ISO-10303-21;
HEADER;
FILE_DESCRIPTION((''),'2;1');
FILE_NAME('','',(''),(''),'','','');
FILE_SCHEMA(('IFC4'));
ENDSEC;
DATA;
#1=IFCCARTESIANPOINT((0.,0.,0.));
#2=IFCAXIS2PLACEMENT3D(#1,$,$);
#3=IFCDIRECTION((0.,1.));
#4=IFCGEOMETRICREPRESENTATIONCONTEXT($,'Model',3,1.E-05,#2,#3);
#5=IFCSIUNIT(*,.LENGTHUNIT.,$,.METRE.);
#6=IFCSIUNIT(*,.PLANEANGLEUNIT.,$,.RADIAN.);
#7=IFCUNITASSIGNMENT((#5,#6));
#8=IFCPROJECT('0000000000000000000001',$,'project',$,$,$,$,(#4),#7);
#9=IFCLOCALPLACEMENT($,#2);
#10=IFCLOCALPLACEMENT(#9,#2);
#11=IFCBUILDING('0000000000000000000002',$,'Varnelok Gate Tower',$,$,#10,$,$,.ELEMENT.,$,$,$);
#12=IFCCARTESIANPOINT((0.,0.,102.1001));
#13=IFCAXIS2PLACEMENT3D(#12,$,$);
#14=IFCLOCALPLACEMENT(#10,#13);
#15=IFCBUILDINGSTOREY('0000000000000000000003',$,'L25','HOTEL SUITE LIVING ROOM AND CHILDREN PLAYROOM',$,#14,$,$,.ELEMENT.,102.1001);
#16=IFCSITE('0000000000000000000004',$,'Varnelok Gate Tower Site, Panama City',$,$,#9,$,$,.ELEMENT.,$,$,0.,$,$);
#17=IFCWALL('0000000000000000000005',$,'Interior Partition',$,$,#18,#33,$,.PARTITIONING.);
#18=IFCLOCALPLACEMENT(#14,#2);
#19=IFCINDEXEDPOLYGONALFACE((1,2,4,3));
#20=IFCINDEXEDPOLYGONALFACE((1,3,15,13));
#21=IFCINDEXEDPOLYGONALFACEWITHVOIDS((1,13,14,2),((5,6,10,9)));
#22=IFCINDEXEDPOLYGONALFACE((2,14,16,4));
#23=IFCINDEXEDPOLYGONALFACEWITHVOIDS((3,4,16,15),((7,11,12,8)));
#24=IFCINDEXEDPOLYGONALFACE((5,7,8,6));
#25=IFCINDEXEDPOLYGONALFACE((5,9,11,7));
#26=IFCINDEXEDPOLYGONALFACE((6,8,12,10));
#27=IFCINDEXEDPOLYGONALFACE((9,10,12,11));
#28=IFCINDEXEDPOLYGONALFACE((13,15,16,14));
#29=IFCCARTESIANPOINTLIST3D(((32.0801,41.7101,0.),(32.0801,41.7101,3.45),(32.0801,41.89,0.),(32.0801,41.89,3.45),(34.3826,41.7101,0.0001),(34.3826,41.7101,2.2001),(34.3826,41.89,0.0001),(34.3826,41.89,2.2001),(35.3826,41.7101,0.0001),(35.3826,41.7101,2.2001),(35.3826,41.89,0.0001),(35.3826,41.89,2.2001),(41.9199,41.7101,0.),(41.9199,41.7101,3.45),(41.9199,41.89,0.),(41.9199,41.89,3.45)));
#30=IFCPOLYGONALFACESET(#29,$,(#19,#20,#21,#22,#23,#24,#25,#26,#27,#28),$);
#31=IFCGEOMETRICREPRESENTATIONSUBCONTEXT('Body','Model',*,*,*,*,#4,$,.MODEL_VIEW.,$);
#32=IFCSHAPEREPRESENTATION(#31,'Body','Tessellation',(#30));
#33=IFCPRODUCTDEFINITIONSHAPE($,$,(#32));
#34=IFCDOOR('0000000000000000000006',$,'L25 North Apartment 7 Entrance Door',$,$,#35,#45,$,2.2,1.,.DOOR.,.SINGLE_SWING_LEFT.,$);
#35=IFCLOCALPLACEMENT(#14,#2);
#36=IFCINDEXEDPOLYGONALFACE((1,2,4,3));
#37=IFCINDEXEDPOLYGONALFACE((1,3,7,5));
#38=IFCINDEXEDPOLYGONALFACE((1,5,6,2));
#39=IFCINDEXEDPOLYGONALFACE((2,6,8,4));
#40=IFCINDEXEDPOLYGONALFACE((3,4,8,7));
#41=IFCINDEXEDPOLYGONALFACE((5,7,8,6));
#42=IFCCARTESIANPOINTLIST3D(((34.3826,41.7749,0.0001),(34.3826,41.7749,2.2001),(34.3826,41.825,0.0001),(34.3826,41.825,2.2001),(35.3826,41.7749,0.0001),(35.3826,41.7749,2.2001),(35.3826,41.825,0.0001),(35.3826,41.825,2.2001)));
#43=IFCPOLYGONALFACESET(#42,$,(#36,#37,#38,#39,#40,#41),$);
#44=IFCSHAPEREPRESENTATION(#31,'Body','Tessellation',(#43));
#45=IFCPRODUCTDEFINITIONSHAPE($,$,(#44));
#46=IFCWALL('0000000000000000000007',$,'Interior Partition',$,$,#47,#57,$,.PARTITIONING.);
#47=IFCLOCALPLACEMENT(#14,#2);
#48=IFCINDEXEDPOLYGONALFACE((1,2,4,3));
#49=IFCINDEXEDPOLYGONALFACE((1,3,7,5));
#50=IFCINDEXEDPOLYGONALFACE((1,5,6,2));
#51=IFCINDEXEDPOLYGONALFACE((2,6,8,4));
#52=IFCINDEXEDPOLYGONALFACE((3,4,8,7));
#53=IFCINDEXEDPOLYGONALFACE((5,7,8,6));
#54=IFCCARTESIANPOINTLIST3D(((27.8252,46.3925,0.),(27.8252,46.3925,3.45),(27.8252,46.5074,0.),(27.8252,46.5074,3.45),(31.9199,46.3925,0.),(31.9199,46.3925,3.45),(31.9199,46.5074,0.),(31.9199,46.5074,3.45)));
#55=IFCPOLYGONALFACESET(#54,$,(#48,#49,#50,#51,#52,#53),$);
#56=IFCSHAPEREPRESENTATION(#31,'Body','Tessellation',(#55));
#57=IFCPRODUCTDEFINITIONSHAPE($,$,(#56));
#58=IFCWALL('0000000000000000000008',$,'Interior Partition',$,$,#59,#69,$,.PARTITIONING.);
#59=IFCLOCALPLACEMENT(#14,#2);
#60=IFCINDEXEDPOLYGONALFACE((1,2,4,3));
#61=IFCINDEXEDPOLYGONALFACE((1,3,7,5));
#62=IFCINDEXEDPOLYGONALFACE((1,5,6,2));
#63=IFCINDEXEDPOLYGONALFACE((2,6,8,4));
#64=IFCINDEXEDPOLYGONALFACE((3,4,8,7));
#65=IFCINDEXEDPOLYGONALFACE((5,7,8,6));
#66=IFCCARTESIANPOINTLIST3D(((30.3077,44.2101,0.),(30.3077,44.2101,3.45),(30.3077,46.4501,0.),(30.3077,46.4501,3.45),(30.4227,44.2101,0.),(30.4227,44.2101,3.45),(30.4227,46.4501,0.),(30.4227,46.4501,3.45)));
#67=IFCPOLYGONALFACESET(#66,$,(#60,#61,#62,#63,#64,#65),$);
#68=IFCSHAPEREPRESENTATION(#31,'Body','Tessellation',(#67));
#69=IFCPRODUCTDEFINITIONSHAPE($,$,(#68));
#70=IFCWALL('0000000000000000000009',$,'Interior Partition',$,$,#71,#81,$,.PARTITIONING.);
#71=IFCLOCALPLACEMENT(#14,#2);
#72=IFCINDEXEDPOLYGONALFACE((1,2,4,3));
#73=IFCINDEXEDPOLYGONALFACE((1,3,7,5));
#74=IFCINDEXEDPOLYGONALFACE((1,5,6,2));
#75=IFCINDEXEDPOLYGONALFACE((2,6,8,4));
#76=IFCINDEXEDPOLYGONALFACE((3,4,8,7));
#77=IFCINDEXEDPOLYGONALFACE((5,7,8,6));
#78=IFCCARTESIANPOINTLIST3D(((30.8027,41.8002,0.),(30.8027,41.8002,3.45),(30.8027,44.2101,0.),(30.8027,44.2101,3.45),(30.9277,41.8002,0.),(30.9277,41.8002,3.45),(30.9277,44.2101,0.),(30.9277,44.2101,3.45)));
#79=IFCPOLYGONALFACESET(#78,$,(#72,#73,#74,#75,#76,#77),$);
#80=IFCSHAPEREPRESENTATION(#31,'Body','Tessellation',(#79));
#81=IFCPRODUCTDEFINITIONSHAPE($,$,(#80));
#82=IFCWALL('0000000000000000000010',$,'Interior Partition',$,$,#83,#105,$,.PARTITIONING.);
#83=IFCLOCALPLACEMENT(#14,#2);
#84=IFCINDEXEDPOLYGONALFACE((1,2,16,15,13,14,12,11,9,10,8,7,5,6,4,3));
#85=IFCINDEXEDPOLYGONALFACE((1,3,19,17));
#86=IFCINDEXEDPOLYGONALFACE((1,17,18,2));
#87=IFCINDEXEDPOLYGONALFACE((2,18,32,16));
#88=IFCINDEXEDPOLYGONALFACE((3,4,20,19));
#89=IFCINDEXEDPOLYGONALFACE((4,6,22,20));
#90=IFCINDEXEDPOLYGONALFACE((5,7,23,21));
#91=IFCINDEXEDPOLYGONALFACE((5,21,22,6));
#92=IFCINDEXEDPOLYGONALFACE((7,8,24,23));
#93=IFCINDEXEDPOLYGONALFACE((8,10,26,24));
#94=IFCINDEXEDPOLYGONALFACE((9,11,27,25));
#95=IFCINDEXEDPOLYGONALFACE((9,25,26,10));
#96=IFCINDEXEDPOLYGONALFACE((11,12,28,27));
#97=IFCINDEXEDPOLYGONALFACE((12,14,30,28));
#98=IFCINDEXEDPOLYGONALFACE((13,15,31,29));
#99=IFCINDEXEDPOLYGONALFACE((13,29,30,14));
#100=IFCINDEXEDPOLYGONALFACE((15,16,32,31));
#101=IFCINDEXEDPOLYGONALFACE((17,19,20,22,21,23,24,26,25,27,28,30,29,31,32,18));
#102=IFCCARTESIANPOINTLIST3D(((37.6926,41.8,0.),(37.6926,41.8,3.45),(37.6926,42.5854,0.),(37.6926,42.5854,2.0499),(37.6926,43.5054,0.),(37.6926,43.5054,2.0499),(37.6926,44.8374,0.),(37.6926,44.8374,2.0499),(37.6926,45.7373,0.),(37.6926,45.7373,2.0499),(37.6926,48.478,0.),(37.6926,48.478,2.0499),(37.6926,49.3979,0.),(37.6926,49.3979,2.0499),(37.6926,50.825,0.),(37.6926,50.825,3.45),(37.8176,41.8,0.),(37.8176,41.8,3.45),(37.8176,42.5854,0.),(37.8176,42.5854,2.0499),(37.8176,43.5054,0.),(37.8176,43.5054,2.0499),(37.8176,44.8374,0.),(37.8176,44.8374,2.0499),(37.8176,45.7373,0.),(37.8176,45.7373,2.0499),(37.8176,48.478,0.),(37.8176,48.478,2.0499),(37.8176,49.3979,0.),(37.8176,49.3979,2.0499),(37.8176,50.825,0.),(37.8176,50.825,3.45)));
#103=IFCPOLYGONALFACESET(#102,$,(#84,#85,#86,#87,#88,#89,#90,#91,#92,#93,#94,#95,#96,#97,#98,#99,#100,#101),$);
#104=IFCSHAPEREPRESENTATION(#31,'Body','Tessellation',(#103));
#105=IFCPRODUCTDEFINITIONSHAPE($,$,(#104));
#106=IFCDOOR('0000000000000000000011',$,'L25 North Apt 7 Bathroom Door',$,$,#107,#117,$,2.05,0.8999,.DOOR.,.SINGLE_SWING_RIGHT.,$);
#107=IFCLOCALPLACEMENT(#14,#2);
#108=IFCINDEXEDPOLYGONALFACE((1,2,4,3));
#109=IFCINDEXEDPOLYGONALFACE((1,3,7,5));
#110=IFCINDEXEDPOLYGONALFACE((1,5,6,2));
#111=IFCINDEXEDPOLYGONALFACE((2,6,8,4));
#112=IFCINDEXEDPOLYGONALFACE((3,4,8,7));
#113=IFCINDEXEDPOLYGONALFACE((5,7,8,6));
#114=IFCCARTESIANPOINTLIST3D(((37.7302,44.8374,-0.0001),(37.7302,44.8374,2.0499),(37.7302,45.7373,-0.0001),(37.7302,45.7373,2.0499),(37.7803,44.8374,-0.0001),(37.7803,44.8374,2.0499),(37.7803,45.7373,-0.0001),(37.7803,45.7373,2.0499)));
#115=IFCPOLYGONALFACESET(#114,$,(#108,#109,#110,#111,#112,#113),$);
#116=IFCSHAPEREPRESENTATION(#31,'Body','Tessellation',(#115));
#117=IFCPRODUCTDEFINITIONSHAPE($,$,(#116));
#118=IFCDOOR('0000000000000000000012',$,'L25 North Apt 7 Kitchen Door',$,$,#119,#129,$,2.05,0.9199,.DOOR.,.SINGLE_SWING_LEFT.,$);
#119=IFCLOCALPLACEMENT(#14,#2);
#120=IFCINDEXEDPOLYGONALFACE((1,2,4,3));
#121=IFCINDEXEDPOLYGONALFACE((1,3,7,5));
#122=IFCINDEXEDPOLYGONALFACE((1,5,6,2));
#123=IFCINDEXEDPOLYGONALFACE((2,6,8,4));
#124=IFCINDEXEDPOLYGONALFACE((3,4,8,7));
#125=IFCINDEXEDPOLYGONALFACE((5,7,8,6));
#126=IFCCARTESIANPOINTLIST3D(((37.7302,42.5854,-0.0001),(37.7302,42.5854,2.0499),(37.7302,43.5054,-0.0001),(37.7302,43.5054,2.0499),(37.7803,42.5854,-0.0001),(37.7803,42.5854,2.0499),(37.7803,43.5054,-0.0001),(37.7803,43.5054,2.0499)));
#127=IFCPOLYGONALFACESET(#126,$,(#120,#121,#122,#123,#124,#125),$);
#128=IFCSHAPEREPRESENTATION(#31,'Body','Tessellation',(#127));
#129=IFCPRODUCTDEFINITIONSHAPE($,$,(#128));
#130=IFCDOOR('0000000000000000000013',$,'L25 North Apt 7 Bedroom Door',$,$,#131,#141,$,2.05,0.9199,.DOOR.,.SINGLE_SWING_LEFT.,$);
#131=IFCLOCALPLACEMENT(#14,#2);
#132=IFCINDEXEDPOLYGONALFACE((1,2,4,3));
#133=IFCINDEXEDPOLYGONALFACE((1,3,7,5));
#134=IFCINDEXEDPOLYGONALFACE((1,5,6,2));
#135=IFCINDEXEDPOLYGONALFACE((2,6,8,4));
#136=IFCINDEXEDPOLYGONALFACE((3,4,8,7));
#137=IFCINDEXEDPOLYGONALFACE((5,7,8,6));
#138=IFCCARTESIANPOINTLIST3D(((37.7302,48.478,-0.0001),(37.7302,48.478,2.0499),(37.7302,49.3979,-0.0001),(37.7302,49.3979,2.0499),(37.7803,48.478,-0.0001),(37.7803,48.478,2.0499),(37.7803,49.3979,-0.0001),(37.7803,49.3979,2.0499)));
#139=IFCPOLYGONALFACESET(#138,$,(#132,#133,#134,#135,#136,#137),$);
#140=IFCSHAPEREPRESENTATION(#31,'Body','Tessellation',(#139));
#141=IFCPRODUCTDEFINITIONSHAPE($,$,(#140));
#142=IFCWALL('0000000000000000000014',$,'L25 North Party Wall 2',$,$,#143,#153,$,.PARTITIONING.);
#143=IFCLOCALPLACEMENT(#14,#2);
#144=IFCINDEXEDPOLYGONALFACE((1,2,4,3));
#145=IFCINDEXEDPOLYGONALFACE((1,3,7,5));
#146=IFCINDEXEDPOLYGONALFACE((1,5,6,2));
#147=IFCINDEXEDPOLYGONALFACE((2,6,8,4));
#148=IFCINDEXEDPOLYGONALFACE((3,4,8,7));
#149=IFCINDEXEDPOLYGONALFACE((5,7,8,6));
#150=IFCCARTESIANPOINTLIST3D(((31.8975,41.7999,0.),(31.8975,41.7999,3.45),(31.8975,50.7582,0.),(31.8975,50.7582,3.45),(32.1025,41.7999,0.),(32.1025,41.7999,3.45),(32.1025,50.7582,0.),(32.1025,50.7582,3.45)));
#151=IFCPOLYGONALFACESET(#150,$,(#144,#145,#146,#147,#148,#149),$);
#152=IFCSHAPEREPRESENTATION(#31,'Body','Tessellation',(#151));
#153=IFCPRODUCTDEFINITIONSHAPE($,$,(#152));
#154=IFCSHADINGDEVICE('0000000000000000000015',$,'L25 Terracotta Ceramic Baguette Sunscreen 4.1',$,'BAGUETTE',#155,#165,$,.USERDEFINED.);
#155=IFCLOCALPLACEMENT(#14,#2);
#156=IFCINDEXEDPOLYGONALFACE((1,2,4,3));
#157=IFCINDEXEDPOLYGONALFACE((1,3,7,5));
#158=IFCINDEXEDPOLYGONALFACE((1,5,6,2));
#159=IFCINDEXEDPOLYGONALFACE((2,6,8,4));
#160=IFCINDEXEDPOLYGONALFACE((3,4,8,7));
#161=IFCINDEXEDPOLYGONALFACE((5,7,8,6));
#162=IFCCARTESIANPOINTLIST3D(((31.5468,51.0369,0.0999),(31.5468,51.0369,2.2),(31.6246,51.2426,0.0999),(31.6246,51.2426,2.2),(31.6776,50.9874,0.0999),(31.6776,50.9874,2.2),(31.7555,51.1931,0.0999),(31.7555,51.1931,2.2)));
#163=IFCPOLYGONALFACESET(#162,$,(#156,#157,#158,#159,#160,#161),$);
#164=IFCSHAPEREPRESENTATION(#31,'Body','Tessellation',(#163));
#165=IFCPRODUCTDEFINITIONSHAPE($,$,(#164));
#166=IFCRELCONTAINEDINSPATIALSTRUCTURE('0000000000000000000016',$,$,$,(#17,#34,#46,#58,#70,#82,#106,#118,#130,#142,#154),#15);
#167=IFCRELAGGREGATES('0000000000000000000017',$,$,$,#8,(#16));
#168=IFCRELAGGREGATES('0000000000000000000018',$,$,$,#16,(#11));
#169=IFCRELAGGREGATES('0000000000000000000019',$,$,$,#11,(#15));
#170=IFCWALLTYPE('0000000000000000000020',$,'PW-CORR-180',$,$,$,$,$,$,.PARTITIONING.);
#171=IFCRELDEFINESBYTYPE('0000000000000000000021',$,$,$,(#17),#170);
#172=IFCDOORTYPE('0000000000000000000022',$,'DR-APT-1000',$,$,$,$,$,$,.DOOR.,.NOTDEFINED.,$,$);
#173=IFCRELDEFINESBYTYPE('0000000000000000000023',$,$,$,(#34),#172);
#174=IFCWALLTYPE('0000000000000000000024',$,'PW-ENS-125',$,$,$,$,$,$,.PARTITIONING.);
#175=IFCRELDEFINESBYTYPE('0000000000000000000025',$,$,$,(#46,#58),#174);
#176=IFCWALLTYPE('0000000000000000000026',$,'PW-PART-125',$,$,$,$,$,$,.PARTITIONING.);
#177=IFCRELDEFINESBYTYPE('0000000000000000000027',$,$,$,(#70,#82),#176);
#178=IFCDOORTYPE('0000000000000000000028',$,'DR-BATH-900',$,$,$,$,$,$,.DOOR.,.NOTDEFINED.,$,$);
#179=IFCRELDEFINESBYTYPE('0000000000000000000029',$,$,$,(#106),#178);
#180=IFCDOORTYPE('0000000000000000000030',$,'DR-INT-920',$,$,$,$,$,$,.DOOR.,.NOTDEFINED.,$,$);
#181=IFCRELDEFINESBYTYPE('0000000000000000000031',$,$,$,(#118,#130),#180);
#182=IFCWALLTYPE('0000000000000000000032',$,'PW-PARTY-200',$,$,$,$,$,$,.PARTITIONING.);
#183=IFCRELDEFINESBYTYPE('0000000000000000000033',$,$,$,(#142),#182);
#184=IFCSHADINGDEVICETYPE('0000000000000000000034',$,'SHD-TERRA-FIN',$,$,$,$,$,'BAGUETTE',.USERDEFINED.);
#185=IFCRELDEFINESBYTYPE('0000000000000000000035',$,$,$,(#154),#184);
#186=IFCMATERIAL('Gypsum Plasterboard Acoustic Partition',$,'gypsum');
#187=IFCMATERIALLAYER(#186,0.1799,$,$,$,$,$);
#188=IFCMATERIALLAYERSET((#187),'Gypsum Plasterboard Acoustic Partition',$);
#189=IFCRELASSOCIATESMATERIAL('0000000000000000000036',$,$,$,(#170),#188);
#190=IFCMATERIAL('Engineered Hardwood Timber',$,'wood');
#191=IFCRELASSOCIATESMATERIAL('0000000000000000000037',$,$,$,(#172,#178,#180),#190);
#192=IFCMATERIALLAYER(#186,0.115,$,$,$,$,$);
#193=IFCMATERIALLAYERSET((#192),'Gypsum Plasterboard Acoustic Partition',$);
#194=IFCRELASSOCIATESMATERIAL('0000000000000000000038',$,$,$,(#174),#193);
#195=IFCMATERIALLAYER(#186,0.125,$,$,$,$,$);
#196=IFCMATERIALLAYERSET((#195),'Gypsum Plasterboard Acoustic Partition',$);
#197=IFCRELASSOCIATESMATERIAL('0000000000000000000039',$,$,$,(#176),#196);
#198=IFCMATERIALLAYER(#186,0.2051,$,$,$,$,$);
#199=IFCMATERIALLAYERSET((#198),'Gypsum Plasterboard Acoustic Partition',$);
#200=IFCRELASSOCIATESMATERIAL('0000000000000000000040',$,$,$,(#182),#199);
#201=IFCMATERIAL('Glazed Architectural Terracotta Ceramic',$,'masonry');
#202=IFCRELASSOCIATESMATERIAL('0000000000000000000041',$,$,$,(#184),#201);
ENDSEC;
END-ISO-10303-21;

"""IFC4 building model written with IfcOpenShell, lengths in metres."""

from ifc_helpers import new_model, si_unit, direction, frame, frame_2d, origin, origin_2d, place, context, subcontext, project, spatial, rectangle, extrude, source, transform, mapped, material, layer, layer_set, type_object, element, fill, save


model = new_model("IFC4")

# Units and contexts
model_context = context("Model", 3, precision=1e-05, world=origin(), true_north=direction((0.0, 1.0)))
body_context = subcontext(model_context, "Body", "Model", "MODEL_VIEW")
ifc_project = project(units=[si_unit("LENGTHUNIT", "METRE"), si_unit("PLANEANGLEUNIT", "RADIAN")], contexts=[model_context])

# Site, building, storey
site_placement = place(None, origin())
site = spatial("IfcSite", under=ifc_project, at=site_placement, Name="Varnelok Gate Tower Site, Panama City", CompositionType="ELEMENT", RefElevation=0.0)
building_placement = place(site_placement, origin())
building = spatial("IfcBuilding", under=site, at=building_placement, Name="Varnelok Gate Tower", CompositionType="ELEMENT")
storey_placement = place(building_placement, frame((0.0, 0.0, 102.1001)))
storey = spatial("IfcBuildingStorey", under=building, at=storey_placement, Name="L25", Description="HOTEL SUITE LIVING ROOM AND CHILDREN PLAYROOM", CompositionType="ELEMENT", Elevation=102.1001)

# Wall, opening, door
ifc_material_1 = material(Name="Gypsum Plasterboard Acoustic Partition", Category="gypsum")
ifc_layer_1 = layer(ifc_material_1, 0.1799)
ifc_layer_set_1 = layer_set([ifc_layer_1], Name="Gypsum Plasterboard Acoustic Partition")
wall_type_1 = type_object("IfcWallType", Name="PW-CORR-180", PredefinedType="PARTITIONING", material=ifc_layer_set_1)
wall_1_placement = place(storey_placement, frame((32.0801, 41.8, 0.0), z_axis=(0.0, 0.0, 1.0), x_axis=(1.0, 0.0, 0.0)))
wall_1 = element("IfcWall", 1, at=wall_1_placement, inside=storey, type_object=wall_type_1, Name="Interior Partition", PredefinedType="PARTITIONING", context=body_context, shape_type="SweptSolid", body=[
    extrude(rectangle(XDim=9.8398, YDim=0.1799, at=frame_2d((4.9199, 0.0))), origin(), (0.0, 0.0, 1.0), 3.45),
])
opening_1_placement = place(wall_1_placement, frame((2.3025, 0.0, 0.0)))
opening_1 = element("IfcOpeningElement", 2, at=opening_1_placement, cuts=wall_1, PredefinedType="OPENING", context=body_context, shape_type="SweptSolid", body=[
    extrude(rectangle(XDim=1.0, YDim=2.2, at=frame_2d((0.5, 1.1001))), frame((0.0, 0.0999, 0.0), z_axis=(0.0, -1.0, 0.0), x_axis=(1.0, 0.0, 0.0)), (0.0, 0.0, 1.0), 0.2),
])
ifc_material_2 = material(Name="Engineered Hardwood Timber", Category="wood")
door_type_1 = type_object("IfcDoorType", Name="DR-APT-1000", OperationType="NOTDEFINED", PredefinedType="DOOR", material=ifc_material_2)
door_1_placement = place(opening_1_placement, origin())
door_1 = element("IfcDoor", 3, at=door_1_placement, inside=storey, type_object=door_type_1, Name="L25 North Apartment 7 Entrance Door", OperationType="SINGLE_SWING_LEFT", OverallHeight=2.2, OverallWidth=1.0, PredefinedType="DOOR", context=body_context, shape_type="SweptSolid", body=[
    extrude(rectangle(XDim=1.0, YDim=2.2, at=frame_2d((0.5, 1.1001))), frame((0.0, 0.0249, 0.0), z_axis=(0.0, -1.0, 0.0), x_axis=(1.0, 0.0, 0.0)), (0.0, 0.0, 1.0), 0.05),
])
fill(opening_1, door_1)

# Walls
ifc_layer_2 = layer(ifc_material_1, 0.115)
ifc_layer_set_2 = layer_set([ifc_layer_2], Name="Gypsum Plasterboard Acoustic Partition")
wall_type_2 = type_object("IfcWallType", Name="PW-ENS-125", PredefinedType="PARTITIONING", material=ifc_layer_set_2)
wall_2_placement = place(storey_placement, frame((27.8252, 46.45, 0.0), z_axis=(0.0, 0.0, 1.0), x_axis=(1.0, 0.0, 0.0)))
element("IfcWall", 4, at=wall_2_placement, inside=storey, type_object=wall_type_2, Name="Interior Partition", PredefinedType="PARTITIONING", context=body_context, shape_type="SweptSolid", body=[
    extrude(rectangle(XDim=4.0947, YDim=0.115, at=frame_2d((2.0474, 0.0))), origin(), (0.0, 0.0, 1.0), 3.45),
])
wall_3_placement = place(storey_placement, frame((30.3652, 44.21, 0.0), z_axis=(0.0, 0.0, 1.0), x_axis=(0.0, 1.0, 0.0)))
element("IfcWall", 5, at=wall_3_placement, inside=storey, type_object=wall_type_2, Name="Interior Partition", PredefinedType="PARTITIONING", context=body_context, shape_type="SweptSolid", body=[
    extrude(rectangle(XDim=2.24, YDim=0.115, at=frame_2d((1.1201, 0.0))), origin(), (0.0, 0.0, 1.0), 3.45),
])
ifc_layer_3 = layer(ifc_material_1, 0.125)
ifc_layer_set_3 = layer_set([ifc_layer_3], Name="Gypsum Plasterboard Acoustic Partition")
wall_type_3 = type_object("IfcWallType", Name="PW-PART-125", PredefinedType="PARTITIONING", material=ifc_layer_set_3)
wall_4_placement = place(storey_placement, frame((30.8652, 41.8, 0.0), z_axis=(0.0, 0.0, 1.0), x_axis=(0.0, 1.0, 0.0)))
element("IfcWall", 6, at=wall_4_placement, inside=storey, type_object=wall_type_3, Name="Interior Partition", PredefinedType="PARTITIONING", context=body_context, shape_type="SweptSolid", body=[
    extrude(rectangle(XDim=2.4099, YDim=0.125, at=frame_2d((1.2051, 0.0))), origin(), (0.0, 0.0, 1.0), 3.45),
])

# Wall, openings, doors
wall_5_placement = place(storey_placement, frame((37.7551, 41.8, 0.0), z_axis=(0.0, 0.0, 1.0), x_axis=(0.0, 1.0, 0.0)))
wall_5 = element("IfcWall", 7, at=wall_5_placement, inside=storey, type_object=wall_type_3, Name="Interior Partition", PredefinedType="PARTITIONING", context=body_context, shape_type="SweptSolid", body=[
    extrude(rectangle(XDim=9.0249, YDim=0.125, at=frame_2d((4.5125, 0.0))), origin(), (0.0, 0.0, 1.0), 3.45),
])
opening_2_placement = place(wall_5_placement, frame((0.7854, 0.0, 0.0)))
opening_2 = element("IfcOpeningElement", 8, at=opening_2_placement, cuts=wall_5, PredefinedType="OPENING", context=body_context, shape_type="SweptSolid", body=[
    extrude(rectangle(XDim=0.9199, YDim=2.05, at=frame_2d((0.46, 1.0249))), frame((0.0, 0.0725, 0.0), z_axis=(0.0, -1.0, 0.0), x_axis=(1.0, 0.0, 0.0)), (0.0, 0.0, 1.0), 0.145),
])
opening_3_placement = place(wall_5_placement, frame((3.0374, 0.0, 0.0)))
opening_3 = element("IfcOpeningElement", 9, at=opening_3_placement, cuts=wall_5, PredefinedType="OPENING", context=body_context, shape_type="SweptSolid", body=[
    extrude(rectangle(XDim=0.8999, YDim=2.05, at=frame_2d((0.45, 1.0249))), frame((0.0, 0.0725, 0.0), z_axis=(0.0, -1.0, 0.0), x_axis=(1.0, 0.0, 0.0)), (0.0, 0.0, 1.0), 0.145),
])
opening_4_placement = place(wall_5_placement, frame((6.678, 0.0, 0.0)))
opening_4 = element("IfcOpeningElement", 10, at=opening_4_placement, cuts=wall_5, PredefinedType="OPENING", context=body_context, shape_type="SweptSolid", body=[
    extrude(rectangle(XDim=0.9199, YDim=2.05, at=frame_2d((0.46, 1.0249))), frame((0.0, 0.0725, 0.0), z_axis=(0.0, -1.0, 0.0), x_axis=(1.0, 0.0, 0.0)), (0.0, 0.0, 1.0), 0.145),
])
door_type_2 = type_object("IfcDoorType", Name="DR-BATH-900", OperationType="NOTDEFINED", PredefinedType="DOOR", material=ifc_material_2)
door_2_placement = place(opening_3_placement, origin())
door_2 = element("IfcDoor", 11, at=door_2_placement, inside=storey, type_object=door_type_2, Name="L25 North Apt 7 Bathroom Door", OperationType="SINGLE_SWING_RIGHT", OverallHeight=2.05, OverallWidth=0.8999, PredefinedType="DOOR", context=body_context, shape_type="SweptSolid", body=[
    extrude(rectangle(XDim=0.8999, YDim=2.05, at=frame_2d((0.45, 1.0249))), frame((0.0, 0.0249, 0.0), z_axis=(0.0, -1.0, 0.0), x_axis=(1.0, 0.0, 0.0)), (0.0, 0.0, 1.0), 0.05),
])
fill(opening_3, door_2)
door_type_3 = type_object("IfcDoorType", Name="DR-INT-920", OperationType="NOTDEFINED", PredefinedType="DOOR", material=ifc_material_2)
door_3_placement = place(opening_2_placement, origin())
door_3 = element("IfcDoor", 12, at=door_3_placement, inside=storey, type_object=door_type_3, Name="L25 North Apt 7 Kitchen Door", OperationType="SINGLE_SWING_LEFT", OverallHeight=2.05, OverallWidth=0.9199, PredefinedType="DOOR", context=body_context, shape_type="SweptSolid", body=[
    extrude(rectangle(XDim=0.9199, YDim=2.05, at=frame_2d((0.46, 1.0249))), frame((0.0, 0.0249, 0.0), z_axis=(0.0, -1.0, 0.0), x_axis=(1.0, 0.0, 0.0)), (0.0, 0.0, 1.0), 0.05),
])
fill(opening_2, door_3)
door_4_placement = place(opening_4_placement, origin())
door_4 = element("IfcDoor", 13, at=door_4_placement, inside=storey, type_object=door_type_3, Name="L25 North Apt 7 Bedroom Door", OperationType="SINGLE_SWING_LEFT", OverallHeight=2.05, OverallWidth=0.9199, PredefinedType="DOOR", context=body_context, shape_type="SweptSolid", body=[
    extrude(rectangle(XDim=0.9199, YDim=2.05, at=frame_2d((0.46, 1.0249))), frame((0.0, 0.0249, 0.0), z_axis=(0.0, -1.0, 0.0), x_axis=(1.0, 0.0, 0.0)), (0.0, 0.0, 1.0), 0.05),
])
fill(opening_4, door_4)

# Wall
ifc_layer_4 = layer(ifc_material_1, 0.2051)
ifc_layer_set_4 = layer_set([ifc_layer_4], Name="Gypsum Plasterboard Acoustic Partition")
wall_type_4 = type_object("IfcWallType", Name="PW-PARTY-200", PredefinedType="PARTITIONING", material=ifc_layer_set_4)
wall_6_placement = place(storey_placement, frame((32.0, 41.8, 0.0), z_axis=(0.0, 0.0, 1.0), x_axis=(0.0, 1.0, 0.0)))
element("IfcWall", 14, at=wall_6_placement, inside=storey, type_object=wall_type_4, Name="L25 North Party Wall 2", PredefinedType="PARTITIONING", context=body_context, shape_type="SweptSolid", body=[
    extrude(rectangle(XDim=8.9583, YDim=0.2051, at=frame_2d((4.479, 0.0))), origin(), (0.0, 0.0, 1.0), 3.45),
])

# Shading device
ifc_material_3 = material(Name="Glazed Architectural Terracotta Ceramic", Category="masonry")
shading_device_type = type_object("IfcShadingDeviceType", Name="SHD-TERRA-FIN", ElementType="BAGUETTE", PredefinedType="USERDEFINED", material=ifc_material_3)
shared_shape_1 = source(origin(), body_context, "Body", "SweptSolid", [
    extrude(rectangle(XDim=0.1399, YDim=0.22, at=origin_2d()), origin(), (0.0, 0.0, 1.0), 2.1001),
])
shading_device_placement = place(storey_placement, frame((31.6511, 51.115, 0.0999), z_axis=(0.0, 0.0, 1.0), x_axis=(0.935222, -0.354063, 0.0)))
element("IfcShadingDevice", 15, at=shading_device_placement, inside=storey, type_object=shading_device_type, Name="L25 Terracotta Ceramic Baguette Sunscreen 4.1", ObjectType="BAGUETTE", PredefinedType="USERDEFINED", context=body_context, shape_type="MappedRepresentation", body=[
    mapped(shared_shape_1, transform((0.0, 0.0, 0.0), scale=1.0)),
])

save(model, "model.ifc")
